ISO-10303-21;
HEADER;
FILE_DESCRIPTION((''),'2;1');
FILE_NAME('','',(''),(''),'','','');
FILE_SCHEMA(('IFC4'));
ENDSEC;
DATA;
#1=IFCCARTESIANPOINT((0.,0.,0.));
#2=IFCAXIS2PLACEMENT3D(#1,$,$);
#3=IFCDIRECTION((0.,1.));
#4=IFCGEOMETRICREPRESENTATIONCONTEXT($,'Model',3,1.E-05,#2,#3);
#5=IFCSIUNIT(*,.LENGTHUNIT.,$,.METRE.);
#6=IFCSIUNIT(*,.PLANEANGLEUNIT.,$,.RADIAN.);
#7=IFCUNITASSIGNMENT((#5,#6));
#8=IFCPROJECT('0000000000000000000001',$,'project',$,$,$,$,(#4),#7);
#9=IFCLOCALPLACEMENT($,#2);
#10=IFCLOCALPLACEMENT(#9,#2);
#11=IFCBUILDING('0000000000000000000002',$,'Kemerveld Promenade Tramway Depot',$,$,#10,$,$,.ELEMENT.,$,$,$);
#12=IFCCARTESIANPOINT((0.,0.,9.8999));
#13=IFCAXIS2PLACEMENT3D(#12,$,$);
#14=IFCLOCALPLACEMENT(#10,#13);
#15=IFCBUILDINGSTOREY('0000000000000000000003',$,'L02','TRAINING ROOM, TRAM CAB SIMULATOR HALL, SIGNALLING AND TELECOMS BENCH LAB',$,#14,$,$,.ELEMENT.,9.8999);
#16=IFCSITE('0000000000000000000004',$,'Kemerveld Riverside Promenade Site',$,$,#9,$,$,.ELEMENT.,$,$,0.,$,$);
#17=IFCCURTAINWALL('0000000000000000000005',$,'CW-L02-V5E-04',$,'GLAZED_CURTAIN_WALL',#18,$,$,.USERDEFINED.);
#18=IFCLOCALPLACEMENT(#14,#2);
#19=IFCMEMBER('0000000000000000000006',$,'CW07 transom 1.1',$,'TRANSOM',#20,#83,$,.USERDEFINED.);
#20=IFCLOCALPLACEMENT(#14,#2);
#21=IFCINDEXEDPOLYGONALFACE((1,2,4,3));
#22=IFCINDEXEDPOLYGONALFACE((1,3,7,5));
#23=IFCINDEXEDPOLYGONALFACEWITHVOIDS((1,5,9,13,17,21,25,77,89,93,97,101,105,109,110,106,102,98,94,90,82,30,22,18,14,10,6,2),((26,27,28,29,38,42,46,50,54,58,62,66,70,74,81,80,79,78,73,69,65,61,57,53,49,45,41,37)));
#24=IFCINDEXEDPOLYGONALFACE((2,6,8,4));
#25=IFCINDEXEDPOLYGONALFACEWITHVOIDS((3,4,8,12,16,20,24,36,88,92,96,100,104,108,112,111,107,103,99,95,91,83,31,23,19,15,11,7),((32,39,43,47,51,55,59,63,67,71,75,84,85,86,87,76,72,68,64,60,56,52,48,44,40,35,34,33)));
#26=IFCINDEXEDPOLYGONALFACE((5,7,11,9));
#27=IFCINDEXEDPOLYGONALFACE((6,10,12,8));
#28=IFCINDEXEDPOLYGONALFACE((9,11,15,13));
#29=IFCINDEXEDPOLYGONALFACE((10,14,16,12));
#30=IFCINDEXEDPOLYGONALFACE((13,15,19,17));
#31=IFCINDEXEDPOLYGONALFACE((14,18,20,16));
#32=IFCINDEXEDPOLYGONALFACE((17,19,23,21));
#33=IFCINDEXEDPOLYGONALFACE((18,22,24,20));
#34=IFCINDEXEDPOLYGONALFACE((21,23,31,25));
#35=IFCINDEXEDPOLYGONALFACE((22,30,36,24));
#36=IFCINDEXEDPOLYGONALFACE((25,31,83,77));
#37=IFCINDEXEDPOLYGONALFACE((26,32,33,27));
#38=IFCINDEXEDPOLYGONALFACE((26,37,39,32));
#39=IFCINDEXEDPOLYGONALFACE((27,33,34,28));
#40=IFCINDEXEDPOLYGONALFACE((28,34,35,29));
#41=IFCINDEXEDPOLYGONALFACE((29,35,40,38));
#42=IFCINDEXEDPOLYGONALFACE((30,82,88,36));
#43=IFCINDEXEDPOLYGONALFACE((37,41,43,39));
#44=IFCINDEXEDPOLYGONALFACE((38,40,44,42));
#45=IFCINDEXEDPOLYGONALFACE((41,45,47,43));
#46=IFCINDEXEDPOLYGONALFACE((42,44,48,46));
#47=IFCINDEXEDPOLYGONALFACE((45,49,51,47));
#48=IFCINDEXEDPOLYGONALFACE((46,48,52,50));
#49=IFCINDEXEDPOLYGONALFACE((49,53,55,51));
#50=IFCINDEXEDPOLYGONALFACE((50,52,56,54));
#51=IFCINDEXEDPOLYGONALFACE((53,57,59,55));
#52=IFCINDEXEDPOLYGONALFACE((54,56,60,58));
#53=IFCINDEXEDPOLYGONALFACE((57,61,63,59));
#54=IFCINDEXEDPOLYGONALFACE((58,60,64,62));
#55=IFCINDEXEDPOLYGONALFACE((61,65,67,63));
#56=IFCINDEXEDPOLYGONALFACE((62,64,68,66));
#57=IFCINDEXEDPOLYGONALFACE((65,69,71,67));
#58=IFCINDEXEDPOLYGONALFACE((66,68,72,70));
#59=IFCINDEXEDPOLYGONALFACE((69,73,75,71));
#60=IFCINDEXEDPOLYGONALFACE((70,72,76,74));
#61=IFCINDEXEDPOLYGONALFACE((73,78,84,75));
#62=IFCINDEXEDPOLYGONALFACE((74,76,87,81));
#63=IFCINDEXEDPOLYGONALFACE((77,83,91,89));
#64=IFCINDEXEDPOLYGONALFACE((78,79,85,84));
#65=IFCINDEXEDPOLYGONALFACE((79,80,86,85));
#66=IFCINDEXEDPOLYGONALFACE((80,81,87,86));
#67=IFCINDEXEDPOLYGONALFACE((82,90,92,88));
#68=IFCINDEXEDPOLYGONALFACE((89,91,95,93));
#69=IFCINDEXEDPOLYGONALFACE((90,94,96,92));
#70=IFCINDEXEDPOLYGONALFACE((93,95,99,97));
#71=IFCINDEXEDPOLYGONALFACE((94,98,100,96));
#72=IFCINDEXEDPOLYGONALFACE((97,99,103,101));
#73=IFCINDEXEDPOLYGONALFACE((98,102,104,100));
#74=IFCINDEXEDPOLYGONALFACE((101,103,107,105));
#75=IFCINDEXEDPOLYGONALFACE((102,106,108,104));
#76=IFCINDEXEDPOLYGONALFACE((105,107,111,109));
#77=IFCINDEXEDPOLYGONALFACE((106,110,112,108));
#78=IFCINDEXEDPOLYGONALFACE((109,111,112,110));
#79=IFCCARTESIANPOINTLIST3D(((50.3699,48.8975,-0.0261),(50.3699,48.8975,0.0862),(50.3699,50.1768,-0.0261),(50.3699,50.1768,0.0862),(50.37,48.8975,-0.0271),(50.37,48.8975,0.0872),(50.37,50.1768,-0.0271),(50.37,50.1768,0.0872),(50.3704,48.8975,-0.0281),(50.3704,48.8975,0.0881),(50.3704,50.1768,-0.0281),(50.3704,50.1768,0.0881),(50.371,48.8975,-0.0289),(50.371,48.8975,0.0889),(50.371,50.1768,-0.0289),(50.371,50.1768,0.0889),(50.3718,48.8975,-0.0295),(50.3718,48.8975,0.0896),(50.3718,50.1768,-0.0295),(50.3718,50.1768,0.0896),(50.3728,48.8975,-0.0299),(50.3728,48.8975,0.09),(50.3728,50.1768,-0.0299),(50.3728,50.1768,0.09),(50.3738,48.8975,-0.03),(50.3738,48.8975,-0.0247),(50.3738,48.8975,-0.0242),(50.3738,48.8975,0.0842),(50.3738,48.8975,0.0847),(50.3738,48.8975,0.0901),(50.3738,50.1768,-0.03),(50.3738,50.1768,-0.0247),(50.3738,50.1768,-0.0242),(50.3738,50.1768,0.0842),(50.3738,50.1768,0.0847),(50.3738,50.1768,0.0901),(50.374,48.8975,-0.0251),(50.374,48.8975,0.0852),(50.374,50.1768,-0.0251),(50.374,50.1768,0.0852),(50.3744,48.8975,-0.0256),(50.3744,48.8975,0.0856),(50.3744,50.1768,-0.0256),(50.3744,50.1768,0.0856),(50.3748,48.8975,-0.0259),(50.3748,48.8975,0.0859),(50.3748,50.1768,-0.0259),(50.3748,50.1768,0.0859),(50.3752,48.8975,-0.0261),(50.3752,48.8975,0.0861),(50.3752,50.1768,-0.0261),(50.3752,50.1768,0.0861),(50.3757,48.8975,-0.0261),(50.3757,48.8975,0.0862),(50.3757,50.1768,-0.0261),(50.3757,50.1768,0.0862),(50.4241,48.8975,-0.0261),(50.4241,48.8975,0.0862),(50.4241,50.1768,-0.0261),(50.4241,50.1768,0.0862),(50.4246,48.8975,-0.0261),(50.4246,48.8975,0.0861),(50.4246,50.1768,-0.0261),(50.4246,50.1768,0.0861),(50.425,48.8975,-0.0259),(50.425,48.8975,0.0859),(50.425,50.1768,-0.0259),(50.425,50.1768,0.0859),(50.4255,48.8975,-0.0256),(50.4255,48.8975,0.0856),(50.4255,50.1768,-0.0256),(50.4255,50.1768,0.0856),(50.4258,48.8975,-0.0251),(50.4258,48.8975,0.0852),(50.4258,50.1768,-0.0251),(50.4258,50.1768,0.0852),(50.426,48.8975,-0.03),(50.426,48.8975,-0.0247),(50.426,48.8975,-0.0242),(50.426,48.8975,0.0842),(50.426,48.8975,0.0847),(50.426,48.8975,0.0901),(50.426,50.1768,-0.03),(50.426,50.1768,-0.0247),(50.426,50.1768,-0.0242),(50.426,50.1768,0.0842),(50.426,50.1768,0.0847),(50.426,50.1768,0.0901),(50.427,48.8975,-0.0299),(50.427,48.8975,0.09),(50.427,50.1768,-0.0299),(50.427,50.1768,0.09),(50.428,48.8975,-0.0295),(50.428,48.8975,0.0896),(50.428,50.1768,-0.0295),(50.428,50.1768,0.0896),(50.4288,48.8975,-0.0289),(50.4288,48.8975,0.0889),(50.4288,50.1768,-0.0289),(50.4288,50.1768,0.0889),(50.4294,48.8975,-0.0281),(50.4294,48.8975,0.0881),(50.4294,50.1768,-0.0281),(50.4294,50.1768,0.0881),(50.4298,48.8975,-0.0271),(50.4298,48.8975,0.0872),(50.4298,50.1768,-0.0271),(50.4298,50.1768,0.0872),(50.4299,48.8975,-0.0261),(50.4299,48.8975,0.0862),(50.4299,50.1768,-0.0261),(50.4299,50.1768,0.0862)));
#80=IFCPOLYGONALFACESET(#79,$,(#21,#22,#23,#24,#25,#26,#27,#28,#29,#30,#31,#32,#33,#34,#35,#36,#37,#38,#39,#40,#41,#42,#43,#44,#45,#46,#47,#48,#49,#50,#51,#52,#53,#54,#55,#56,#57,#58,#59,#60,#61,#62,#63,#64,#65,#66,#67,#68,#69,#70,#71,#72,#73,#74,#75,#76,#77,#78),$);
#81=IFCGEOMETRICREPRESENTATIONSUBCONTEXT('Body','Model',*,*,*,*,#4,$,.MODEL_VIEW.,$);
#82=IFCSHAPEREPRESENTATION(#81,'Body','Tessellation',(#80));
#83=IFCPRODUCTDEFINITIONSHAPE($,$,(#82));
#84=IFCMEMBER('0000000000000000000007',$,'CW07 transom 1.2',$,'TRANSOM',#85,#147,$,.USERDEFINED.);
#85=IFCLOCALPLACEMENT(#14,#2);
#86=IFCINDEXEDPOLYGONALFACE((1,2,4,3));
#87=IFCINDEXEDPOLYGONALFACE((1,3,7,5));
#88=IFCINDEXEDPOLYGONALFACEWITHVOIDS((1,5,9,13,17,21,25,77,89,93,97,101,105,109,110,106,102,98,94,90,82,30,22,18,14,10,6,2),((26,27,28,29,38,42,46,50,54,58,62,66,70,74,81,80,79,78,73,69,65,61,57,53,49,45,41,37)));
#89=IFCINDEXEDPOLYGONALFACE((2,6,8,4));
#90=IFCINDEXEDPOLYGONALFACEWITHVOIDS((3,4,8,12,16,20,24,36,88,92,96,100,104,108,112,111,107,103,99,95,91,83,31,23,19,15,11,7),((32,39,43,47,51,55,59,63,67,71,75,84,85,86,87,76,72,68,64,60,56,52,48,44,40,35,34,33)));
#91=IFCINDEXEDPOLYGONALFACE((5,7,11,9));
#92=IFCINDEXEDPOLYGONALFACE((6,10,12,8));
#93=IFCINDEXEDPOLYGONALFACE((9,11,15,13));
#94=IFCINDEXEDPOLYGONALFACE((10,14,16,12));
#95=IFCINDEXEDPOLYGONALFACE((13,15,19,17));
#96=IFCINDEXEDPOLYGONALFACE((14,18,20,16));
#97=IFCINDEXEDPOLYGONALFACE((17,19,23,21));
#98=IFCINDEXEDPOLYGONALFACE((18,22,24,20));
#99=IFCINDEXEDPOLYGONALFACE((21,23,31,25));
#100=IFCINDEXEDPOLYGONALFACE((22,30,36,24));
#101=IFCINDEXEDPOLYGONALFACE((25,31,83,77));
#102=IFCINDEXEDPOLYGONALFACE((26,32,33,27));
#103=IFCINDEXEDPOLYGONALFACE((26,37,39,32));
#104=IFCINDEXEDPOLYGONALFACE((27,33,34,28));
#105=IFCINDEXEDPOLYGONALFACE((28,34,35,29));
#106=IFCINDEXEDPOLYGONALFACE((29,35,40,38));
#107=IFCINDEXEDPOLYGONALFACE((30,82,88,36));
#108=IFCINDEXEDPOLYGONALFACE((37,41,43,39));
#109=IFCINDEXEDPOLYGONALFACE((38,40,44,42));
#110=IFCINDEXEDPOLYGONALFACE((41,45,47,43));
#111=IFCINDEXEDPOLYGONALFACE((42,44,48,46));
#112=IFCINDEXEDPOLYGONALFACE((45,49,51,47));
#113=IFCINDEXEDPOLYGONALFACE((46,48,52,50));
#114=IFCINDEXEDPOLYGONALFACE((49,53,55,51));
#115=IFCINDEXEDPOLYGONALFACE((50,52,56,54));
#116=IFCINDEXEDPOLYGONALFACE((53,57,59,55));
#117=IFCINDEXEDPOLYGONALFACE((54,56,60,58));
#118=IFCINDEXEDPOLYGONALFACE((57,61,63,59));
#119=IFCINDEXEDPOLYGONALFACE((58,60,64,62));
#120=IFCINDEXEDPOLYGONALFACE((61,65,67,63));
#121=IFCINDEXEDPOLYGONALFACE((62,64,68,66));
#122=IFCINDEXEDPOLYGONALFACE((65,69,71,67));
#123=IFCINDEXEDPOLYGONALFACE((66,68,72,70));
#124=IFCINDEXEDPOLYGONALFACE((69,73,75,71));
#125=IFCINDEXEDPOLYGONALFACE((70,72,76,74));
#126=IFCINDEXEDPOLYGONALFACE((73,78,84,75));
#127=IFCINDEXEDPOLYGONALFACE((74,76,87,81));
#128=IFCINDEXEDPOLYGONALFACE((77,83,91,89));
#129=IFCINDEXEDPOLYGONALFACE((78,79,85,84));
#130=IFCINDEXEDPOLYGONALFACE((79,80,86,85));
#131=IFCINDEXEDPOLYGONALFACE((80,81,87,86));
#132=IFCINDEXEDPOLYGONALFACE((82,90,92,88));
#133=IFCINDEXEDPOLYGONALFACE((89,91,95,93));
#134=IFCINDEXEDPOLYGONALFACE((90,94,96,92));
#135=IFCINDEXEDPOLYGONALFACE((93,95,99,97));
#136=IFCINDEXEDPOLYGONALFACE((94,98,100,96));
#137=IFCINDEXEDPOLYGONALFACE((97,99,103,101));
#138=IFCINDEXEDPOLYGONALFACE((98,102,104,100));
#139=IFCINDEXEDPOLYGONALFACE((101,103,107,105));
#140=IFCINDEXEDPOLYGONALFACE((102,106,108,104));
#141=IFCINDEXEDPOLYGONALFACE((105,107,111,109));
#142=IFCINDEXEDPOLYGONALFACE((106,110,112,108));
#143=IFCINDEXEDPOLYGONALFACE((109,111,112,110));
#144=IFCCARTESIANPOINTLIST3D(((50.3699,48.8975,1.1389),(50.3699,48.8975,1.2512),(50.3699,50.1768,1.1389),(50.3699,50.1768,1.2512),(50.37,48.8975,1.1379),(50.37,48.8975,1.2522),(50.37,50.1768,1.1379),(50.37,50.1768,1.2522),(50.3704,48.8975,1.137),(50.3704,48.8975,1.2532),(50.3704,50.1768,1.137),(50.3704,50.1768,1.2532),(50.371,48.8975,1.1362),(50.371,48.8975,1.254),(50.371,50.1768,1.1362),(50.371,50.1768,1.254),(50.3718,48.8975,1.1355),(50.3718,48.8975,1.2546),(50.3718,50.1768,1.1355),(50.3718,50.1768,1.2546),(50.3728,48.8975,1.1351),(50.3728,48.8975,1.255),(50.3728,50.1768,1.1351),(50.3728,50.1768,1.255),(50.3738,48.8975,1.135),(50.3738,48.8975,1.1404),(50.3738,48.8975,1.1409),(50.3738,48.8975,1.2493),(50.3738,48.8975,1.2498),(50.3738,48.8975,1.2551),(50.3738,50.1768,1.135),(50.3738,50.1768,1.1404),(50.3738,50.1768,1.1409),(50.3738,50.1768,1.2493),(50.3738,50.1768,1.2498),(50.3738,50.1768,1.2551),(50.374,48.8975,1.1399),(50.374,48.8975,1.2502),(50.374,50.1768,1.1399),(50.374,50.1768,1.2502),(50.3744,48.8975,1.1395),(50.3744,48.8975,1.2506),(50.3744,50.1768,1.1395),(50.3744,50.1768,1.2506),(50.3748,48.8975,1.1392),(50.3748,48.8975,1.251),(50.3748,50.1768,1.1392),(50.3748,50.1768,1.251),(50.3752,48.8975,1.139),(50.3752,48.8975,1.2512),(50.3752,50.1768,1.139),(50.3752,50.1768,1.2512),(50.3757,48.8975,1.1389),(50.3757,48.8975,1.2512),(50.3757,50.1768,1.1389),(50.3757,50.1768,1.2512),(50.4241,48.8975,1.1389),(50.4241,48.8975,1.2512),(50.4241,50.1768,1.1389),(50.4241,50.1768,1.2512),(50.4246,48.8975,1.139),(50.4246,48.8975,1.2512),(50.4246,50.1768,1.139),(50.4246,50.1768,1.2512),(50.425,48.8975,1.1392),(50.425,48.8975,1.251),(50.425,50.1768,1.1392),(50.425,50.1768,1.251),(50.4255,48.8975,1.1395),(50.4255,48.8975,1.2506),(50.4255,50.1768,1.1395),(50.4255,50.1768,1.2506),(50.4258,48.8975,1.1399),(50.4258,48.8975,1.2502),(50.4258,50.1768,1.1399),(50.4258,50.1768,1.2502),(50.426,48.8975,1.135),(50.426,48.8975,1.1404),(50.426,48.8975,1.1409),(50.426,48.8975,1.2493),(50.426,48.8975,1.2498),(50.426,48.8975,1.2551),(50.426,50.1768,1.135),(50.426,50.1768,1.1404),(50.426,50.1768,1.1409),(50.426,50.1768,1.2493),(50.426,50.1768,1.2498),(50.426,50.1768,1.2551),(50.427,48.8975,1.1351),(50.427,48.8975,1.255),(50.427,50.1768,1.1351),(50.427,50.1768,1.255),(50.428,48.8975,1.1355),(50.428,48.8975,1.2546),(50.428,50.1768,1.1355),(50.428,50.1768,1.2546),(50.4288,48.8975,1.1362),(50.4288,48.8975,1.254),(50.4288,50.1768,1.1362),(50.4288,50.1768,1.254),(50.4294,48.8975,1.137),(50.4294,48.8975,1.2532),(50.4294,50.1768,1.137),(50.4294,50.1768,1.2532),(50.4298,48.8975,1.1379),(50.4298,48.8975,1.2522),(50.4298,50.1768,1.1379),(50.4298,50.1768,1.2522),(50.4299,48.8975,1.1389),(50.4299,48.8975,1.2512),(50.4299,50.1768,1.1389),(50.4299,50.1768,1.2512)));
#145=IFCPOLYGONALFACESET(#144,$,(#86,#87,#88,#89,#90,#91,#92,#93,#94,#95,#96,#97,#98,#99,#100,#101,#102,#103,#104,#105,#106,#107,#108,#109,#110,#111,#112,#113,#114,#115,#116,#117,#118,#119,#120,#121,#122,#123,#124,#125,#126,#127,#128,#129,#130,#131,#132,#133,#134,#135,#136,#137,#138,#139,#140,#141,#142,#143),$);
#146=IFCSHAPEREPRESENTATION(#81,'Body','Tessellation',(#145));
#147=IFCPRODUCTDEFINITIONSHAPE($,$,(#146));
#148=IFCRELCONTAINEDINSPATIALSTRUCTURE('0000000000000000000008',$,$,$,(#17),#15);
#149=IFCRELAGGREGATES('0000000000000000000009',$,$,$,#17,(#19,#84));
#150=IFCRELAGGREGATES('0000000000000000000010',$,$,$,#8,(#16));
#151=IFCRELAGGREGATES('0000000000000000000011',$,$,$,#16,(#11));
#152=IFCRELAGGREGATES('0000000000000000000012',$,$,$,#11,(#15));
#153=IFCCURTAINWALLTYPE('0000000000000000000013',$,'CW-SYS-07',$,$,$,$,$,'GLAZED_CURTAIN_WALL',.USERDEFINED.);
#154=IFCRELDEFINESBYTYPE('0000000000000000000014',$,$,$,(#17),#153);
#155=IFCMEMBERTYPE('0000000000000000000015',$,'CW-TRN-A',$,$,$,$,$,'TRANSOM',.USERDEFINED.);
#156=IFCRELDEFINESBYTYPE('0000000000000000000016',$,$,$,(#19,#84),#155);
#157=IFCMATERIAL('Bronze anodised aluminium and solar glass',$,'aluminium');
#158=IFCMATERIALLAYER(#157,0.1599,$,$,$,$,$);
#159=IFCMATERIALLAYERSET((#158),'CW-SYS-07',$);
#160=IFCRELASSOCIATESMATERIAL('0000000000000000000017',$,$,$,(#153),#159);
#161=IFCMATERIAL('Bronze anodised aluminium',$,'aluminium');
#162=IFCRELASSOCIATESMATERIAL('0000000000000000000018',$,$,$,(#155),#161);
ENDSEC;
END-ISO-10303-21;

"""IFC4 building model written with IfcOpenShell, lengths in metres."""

from ifc_helpers import new_model, si_unit, direction, frame, origin, origin_2d, place, context, subcontext, project, spatial, hollow_rectangle, extrude, material, layer, layer_set, material_profile, profile_set, type_object, element, aggregate, save


model = new_model("IFC4")

# Units and contexts
model_context = context("Model", 3, precision=1e-05, world=origin(), true_north=direction((0.0, 1.0)))
body_context = subcontext(model_context, "Body", "Model", "MODEL_VIEW")
ifc_project = project(units=[si_unit("LENGTHUNIT", "METRE"), si_unit("PLANEANGLEUNIT", "RADIAN")], contexts=[model_context])

# Site, building, storey
site_placement = place(None, origin())
site = spatial("IfcSite", under=ifc_project, at=site_placement, Name="Kemerveld Riverside Promenade Site", CompositionType="ELEMENT", RefElevation=0.0)
building_placement = place(site_placement, origin())
building = spatial("IfcBuilding", under=site, at=building_placement, Name="Kemerveld Promenade Tramway Depot", CompositionType="ELEMENT")
storey_placement = place(building_placement, frame((0.0, 0.0, 9.8999)))
storey = spatial("IfcBuildingStorey", under=building, at=storey_placement, Name="L02", Description="TRAINING ROOM, TRAM CAB SIMULATOR HALL, SIGNALLING AND TELECOMS BENCH LAB", CompositionType="ELEMENT", Elevation=9.8999)

# Curtain wall, members
ifc_material_1 = material(Name="Bronze anodised aluminium and solar glass", Category="aluminium")
ifc_layer_1 = layer(ifc_material_1, 0.1599)
ifc_layer_set_1 = layer_set([ifc_layer_1], Name="CW-SYS-07")
curtain_wall_type = type_object("IfcCurtainWallType", Name="CW-SYS-07", ElementType="GLAZED_CURTAIN_WALL", PredefinedType="USERDEFINED", material=ifc_layer_set_1)
curtain_wall_placement = place(storey_placement, origin())
curtain_wall = element("IfcCurtainWall", 1, at=curtain_wall_placement, inside=storey, type_object=curtain_wall_type, Name="CW-L02-V5E-04", ObjectType="GLAZED_CURTAIN_WALL", PredefinedType="USERDEFINED")
ifc_material_2 = material(Name="Bronze anodised aluminium", Category="aluminium")
ifc_material_profile_1 = material_profile(ifc_material_2, hollow_rectangle(XDim=0.0601, YDim=0.1201, WallThickness=0.0039, InnerFilletRadius=0.002, OuterFilletRadius=0.0039, at=origin_2d()), Name="CW-TRN-120x60")
ifc_profile_set_1 = profile_set([ifc_material_profile_1], Name="Bronze anodised aluminium")
member_type_1 = type_object("IfcMemberType", Name="CW-TRN-A", ElementType="TRANSOM", PredefinedType="USERDEFINED", material=ifc_profile_set_1)
member_1_placement = place(storey_placement, frame((50.3999, 50.1768, 0.03), z_axis=(0.0, -1.0, 0.0), x_axis=(1.0, 0.0, 0.0)))
member_1 = element("IfcMember", 2, at=member_1_placement, type_object=member_type_1, Name="CW07 transom 1.1", ObjectType="TRANSOM", PredefinedType="USERDEFINED", context=body_context, shape_type="SweptSolid", body=[
    extrude(hollow_rectangle(XDim=0.0601, YDim=0.1201, WallThickness=0.0039, InnerFilletRadius=0.002, OuterFilletRadius=0.0039, at=origin_2d()), origin(), (0.0, 0.0, 1.0), 1.2793),
])
member_2_placement = place(storey_placement, frame((50.3999, 50.1768, 1.1951), z_axis=(0.0, -1.0, 0.0), x_axis=(1.0, 0.0, 0.0)))
member_2 = element("IfcMember", 3, at=member_2_placement, type_object=member_type_1, Name="CW07 transom 1.2", ObjectType="TRANSOM", PredefinedType="USERDEFINED", context=body_context, shape_type="SweptSolid", body=[
    extrude(hollow_rectangle(XDim=0.0601, YDim=0.1201, WallThickness=0.0039, InnerFilletRadius=0.002, OuterFilletRadius=0.0039, at=origin_2d()), origin(), (0.0, 0.0, 1.0), 1.2793),
])
aggregate(curtain_wall, [member_1, member_2])

save(model, "model.ifc")
